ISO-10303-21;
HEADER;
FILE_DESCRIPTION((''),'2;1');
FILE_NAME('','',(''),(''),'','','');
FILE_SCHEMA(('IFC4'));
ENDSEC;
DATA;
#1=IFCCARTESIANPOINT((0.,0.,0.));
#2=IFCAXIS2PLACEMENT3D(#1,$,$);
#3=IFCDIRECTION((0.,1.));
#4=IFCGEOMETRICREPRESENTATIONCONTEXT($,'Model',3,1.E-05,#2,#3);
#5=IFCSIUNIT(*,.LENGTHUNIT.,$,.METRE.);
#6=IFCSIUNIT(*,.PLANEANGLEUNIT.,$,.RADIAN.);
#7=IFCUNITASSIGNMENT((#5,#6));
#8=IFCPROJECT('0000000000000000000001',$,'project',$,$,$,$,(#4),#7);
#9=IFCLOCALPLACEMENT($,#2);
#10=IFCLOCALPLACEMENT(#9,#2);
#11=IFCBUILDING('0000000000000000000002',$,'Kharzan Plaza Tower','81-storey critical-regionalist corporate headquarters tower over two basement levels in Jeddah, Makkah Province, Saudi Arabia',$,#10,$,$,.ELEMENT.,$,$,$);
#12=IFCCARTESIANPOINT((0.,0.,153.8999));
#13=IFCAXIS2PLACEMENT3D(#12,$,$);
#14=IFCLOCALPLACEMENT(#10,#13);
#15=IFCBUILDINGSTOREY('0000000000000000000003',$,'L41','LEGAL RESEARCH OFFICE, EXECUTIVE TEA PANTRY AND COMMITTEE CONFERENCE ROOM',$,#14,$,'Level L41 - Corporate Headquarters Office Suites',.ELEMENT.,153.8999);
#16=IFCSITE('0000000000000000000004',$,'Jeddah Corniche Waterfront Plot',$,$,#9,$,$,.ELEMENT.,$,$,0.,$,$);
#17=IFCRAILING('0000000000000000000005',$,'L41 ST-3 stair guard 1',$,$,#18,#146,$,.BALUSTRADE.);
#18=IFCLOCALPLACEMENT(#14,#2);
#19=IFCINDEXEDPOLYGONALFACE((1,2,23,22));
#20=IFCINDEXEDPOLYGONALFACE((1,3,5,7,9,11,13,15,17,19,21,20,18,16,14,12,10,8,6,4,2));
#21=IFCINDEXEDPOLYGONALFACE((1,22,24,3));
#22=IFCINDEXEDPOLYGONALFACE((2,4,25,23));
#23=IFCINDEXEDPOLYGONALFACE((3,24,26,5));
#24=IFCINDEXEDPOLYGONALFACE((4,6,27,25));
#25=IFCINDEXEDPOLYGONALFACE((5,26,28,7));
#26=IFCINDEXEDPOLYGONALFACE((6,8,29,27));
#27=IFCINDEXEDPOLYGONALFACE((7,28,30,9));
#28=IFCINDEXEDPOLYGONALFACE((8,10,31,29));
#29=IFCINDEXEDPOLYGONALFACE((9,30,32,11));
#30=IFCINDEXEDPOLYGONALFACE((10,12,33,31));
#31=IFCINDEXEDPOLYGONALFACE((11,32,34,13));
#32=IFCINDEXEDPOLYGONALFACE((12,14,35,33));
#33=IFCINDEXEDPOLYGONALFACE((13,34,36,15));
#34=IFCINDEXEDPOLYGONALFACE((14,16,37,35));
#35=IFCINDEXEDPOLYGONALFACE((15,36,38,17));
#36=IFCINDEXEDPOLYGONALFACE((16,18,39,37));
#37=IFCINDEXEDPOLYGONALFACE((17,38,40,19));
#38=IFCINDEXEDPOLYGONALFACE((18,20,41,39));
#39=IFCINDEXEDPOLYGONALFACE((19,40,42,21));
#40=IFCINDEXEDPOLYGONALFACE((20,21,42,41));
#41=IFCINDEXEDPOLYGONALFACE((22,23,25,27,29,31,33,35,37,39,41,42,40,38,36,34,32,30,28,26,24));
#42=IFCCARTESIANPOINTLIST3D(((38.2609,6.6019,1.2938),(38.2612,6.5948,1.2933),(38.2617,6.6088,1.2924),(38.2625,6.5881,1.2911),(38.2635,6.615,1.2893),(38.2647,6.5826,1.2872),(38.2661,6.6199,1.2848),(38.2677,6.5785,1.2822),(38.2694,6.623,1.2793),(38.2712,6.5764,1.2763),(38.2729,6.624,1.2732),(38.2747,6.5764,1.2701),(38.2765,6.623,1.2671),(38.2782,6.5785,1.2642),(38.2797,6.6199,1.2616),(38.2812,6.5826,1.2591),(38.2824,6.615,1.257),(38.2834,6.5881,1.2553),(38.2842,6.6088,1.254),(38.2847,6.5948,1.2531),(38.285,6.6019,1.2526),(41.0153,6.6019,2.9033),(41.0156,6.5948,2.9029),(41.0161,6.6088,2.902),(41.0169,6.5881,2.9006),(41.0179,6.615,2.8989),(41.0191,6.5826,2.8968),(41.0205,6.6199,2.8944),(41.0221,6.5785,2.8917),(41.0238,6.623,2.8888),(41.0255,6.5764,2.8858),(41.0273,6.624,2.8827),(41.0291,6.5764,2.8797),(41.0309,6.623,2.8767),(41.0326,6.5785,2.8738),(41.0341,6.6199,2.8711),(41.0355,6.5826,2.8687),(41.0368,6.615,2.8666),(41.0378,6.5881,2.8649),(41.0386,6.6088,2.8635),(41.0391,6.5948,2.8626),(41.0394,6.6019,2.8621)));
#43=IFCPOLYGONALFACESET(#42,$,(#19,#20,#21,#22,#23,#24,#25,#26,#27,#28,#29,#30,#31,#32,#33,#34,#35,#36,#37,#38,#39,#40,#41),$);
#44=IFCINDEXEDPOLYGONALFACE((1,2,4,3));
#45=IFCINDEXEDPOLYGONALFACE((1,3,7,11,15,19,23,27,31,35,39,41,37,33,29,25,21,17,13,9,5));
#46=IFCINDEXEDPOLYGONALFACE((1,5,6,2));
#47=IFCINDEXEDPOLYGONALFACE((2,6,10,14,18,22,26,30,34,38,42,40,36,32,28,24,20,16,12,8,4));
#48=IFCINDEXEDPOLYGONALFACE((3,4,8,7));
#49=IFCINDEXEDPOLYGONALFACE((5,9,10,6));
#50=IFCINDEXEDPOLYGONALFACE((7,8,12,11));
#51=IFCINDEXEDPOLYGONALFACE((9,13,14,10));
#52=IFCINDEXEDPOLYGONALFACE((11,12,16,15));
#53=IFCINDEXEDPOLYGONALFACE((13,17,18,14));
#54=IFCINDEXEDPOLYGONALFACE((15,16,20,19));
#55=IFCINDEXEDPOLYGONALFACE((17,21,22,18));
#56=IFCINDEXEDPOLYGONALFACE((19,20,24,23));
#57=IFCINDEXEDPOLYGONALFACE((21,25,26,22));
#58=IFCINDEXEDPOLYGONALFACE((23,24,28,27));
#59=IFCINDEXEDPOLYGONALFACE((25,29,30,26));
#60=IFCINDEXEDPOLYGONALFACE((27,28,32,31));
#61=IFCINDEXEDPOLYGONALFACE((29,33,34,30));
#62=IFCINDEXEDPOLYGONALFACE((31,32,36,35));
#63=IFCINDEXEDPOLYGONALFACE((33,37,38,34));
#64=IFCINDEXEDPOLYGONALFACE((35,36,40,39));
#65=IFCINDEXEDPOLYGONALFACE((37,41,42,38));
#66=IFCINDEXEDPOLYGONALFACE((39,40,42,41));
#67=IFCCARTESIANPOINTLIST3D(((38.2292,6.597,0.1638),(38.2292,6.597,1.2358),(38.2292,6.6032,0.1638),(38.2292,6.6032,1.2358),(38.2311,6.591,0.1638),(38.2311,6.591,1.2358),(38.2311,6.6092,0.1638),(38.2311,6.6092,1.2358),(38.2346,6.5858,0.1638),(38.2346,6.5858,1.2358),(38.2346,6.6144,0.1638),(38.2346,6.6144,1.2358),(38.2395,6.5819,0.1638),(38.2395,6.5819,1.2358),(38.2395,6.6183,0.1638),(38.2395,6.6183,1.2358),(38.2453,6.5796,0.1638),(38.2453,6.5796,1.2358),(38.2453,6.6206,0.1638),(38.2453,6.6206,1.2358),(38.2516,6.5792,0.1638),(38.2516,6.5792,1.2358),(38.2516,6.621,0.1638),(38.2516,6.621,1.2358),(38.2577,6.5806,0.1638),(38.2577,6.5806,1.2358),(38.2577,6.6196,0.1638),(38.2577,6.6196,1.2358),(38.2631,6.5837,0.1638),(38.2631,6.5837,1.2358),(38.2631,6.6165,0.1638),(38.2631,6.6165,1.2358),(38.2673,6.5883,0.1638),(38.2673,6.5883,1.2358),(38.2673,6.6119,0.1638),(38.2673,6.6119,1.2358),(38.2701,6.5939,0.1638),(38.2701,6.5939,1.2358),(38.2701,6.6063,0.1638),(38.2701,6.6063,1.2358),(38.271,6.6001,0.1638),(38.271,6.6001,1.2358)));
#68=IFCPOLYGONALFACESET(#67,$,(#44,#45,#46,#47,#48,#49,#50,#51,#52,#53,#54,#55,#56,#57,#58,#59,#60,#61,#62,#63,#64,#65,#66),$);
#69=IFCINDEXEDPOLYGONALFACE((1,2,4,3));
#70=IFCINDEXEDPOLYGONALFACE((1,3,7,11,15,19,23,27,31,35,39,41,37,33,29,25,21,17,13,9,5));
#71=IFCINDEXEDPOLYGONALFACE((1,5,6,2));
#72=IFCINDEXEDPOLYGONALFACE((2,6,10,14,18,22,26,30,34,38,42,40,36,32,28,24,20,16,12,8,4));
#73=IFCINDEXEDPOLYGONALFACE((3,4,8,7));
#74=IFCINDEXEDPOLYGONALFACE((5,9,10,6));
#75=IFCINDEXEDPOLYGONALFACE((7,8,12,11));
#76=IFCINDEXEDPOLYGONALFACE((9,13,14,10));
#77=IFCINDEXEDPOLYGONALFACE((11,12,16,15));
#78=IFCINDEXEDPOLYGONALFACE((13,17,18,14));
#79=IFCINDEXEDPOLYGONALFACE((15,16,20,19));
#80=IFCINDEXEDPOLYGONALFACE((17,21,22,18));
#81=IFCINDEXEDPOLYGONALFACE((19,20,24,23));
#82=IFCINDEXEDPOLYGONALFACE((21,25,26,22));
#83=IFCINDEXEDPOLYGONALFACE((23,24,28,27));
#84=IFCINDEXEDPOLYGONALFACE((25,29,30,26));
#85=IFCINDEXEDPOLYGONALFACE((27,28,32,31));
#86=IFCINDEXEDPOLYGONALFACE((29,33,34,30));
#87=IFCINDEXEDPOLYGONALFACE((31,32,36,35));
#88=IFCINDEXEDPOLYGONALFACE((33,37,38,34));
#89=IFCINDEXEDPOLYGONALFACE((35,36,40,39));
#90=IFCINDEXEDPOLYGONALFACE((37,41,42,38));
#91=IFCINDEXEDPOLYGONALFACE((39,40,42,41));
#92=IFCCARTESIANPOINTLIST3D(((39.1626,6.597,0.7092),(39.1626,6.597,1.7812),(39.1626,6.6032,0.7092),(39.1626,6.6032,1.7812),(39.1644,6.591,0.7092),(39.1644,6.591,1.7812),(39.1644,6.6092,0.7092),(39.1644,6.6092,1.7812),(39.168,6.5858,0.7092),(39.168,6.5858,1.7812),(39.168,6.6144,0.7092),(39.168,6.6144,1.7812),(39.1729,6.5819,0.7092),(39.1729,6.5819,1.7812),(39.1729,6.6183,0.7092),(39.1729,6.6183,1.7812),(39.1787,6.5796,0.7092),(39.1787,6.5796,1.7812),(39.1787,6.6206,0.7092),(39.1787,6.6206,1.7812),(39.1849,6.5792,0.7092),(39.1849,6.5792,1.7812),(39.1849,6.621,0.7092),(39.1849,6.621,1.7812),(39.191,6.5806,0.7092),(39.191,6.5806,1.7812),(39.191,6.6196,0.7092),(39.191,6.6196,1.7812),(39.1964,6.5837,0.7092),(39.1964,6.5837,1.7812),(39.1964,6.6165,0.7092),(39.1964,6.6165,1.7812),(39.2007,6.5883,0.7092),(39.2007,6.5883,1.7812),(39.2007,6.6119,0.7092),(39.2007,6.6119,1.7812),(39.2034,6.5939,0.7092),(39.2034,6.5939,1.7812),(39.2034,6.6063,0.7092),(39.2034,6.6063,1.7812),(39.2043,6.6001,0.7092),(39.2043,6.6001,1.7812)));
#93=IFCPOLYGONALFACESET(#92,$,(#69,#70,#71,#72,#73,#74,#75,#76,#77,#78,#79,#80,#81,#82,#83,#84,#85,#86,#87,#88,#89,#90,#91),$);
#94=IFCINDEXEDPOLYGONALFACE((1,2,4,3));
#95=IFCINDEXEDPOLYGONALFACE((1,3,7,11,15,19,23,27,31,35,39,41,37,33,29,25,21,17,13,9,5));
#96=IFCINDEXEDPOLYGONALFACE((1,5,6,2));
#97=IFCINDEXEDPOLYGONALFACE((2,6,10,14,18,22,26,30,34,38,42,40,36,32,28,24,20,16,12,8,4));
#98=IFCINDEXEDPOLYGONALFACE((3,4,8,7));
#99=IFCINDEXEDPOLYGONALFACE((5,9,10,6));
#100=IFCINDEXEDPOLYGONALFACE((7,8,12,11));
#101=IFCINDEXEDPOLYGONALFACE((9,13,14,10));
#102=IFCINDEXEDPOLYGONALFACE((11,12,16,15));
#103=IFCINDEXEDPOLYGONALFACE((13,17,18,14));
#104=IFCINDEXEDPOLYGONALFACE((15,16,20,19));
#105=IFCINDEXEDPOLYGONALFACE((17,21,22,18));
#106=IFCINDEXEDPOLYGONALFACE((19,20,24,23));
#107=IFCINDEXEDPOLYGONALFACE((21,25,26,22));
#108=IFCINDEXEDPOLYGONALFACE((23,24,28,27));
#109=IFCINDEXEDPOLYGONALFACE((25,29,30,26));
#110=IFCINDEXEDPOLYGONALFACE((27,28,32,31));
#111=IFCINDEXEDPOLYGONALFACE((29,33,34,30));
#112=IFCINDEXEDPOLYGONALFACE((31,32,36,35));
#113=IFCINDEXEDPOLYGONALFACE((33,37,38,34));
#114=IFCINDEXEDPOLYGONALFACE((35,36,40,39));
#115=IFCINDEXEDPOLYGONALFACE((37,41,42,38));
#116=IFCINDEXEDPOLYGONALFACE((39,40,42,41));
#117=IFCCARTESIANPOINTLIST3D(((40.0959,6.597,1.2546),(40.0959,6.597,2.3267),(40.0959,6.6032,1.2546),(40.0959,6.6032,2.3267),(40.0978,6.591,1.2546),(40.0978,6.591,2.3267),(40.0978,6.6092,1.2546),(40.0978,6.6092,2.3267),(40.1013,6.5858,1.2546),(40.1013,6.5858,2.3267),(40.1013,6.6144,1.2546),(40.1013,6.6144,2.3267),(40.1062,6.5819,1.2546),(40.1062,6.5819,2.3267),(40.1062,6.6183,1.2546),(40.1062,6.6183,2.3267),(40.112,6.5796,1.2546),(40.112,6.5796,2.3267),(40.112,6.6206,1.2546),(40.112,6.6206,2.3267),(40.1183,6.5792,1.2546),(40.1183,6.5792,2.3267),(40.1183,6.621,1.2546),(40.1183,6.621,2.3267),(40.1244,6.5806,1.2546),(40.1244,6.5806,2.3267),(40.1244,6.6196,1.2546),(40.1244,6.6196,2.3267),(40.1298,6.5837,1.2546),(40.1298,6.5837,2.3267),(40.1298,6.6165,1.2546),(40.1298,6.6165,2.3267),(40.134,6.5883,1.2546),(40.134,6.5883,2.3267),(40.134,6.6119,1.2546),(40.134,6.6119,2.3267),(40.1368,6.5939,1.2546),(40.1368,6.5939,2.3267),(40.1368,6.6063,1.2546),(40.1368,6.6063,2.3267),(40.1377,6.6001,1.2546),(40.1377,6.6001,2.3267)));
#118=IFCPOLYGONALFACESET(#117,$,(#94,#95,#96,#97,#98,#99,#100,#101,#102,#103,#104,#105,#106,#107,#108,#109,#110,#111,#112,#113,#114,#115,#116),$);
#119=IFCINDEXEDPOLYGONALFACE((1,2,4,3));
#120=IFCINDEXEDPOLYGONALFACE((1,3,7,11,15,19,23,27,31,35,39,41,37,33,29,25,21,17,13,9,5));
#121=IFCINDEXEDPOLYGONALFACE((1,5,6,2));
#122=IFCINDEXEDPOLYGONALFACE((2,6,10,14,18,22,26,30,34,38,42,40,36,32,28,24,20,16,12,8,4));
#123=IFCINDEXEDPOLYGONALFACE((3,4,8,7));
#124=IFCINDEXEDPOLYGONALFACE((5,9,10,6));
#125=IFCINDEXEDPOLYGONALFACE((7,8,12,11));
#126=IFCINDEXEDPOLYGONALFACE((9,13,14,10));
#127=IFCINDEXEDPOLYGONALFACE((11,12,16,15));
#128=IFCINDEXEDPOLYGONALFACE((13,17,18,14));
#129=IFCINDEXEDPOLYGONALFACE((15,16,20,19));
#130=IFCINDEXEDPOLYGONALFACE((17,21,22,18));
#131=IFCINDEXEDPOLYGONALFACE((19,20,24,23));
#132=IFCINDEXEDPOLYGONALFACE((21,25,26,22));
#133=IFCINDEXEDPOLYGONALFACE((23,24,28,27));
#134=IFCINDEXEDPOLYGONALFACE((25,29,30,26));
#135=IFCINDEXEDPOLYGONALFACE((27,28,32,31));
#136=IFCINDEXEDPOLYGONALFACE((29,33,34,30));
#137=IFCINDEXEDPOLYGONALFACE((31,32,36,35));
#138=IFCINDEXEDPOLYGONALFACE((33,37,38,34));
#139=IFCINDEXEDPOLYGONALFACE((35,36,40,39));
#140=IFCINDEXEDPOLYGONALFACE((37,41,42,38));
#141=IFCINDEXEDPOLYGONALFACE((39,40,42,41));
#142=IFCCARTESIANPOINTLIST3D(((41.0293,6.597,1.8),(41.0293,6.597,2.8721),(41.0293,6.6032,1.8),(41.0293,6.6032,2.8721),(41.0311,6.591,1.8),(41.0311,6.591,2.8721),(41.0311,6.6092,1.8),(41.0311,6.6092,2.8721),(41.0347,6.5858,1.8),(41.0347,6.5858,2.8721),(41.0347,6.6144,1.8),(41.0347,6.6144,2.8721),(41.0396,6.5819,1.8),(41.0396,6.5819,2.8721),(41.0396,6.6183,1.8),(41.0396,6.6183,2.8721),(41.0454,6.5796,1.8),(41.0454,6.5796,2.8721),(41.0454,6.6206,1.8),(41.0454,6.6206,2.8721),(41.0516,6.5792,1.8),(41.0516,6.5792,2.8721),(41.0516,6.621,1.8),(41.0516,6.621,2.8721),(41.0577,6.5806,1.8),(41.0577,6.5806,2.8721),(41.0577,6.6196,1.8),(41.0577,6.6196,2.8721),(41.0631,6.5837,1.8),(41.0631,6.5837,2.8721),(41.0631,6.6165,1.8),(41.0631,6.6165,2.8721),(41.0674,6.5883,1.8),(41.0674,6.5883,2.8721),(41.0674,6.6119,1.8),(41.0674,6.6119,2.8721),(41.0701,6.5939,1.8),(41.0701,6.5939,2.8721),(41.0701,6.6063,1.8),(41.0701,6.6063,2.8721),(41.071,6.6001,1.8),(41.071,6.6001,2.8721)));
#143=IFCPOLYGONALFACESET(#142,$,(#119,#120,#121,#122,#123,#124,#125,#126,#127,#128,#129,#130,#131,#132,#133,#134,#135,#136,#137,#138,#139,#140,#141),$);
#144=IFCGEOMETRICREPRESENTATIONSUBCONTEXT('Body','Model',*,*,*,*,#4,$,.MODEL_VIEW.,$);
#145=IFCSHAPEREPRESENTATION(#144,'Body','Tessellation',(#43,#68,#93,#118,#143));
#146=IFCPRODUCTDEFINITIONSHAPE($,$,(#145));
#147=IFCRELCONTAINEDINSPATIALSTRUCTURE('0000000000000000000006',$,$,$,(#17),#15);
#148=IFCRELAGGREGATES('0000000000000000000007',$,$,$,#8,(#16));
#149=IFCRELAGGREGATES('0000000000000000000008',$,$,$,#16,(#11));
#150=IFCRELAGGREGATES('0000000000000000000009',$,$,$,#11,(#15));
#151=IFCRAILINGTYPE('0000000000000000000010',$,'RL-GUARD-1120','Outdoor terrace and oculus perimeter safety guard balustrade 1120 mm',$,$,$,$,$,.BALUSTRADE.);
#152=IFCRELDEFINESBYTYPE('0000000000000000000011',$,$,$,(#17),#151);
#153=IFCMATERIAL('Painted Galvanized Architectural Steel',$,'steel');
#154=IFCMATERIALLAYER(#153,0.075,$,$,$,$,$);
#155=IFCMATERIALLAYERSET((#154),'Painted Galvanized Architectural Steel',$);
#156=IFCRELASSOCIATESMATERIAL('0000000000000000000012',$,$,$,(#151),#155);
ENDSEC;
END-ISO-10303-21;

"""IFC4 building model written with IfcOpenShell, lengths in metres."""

from ifc_helpers import new_model, si_unit, direction, frame, origin, origin_2d, place, context, subcontext, project, spatial, circle, extrude, source, transform, mapped, material, layer, layer_set, type_object, element, save


model = new_model("IFC4")

# Units and contexts
model_context = context("Model", 3, precision=1e-05, world=origin(), true_north=direction((0.0, 1.0)))
body_context = subcontext(model_context, "Body", "Model", "MODEL_VIEW")
ifc_project = project(units=[si_unit("LENGTHUNIT", "METRE"), si_unit("PLANEANGLEUNIT", "RADIAN")], contexts=[model_context])

# Site, building, storey
site_placement = place(None, origin())
site = spatial("IfcSite", under=ifc_project, at=site_placement, Name="Jeddah Corniche Waterfront Plot", CompositionType="ELEMENT", RefElevation=0.0)
building_placement = place(site_placement, origin())
building = spatial("IfcBuilding", under=site, at=building_placement, Name="Kharzan Plaza Tower", Description="81-storey critical-regionalist corporate headquarters tower over two basement levels in Jeddah, Makkah Province, Saudi Arabia", CompositionType="ELEMENT")
storey_placement = place(building_placement, frame((0.0, 0.0, 153.8999)))
storey = spatial("IfcBuildingStorey", under=building, at=storey_placement, Name="L41", Description="LEGAL RESEARCH OFFICE, EXECUTIVE TEA PANTRY AND COMMITTEE CONFERENCE ROOM", LongName="Level L41 - Corporate Headquarters Office Suites", CompositionType="ELEMENT", Elevation=153.8999)

# Railing
ifc_material_1 = material(Name="Painted Galvanized Architectural Steel", Category="steel")
ifc_layer_1 = layer(ifc_material_1, 0.075)
ifc_layer_set_1 = layer_set([ifc_layer_1], Name="Painted Galvanized Architectural Steel")
railing_type_1 = type_object("IfcRailingType", Name="RL-GUARD-1120", Description="Outdoor terrace and oculus perimeter safety guard balustrade 1120 mm", PredefinedType="BALUSTRADE", material=ifc_layer_set_1)
shared_shape_1 = source(origin(), body_context, "Body", "SweptSolid", [
    extrude(circle(Radius=0.0239, at=origin_2d()), frame((0.0229, 0.0, 1.1094), z_axis=(0.863394, 0.0, 0.504531), x_axis=(0.0, 1.0, 0.0)), (0.0, 0.0, 1.0), 3.1902),
    extrude(circle(Radius=0.021, at=origin_2d()), origin(), (0.0, 0.0, 1.0), 1.072),
    extrude(circle(Radius=0.021, at=origin_2d()), frame((0.9333, 0.0, 0.5454)), (0.0, 0.0, 1.0), 1.072),
    extrude(circle(Radius=0.021, at=origin_2d()), frame((1.8667, 0.0, 1.0908)), (0.0, 0.0, 1.0), 1.072),
    extrude(circle(Radius=0.021, at=origin_2d()), frame((2.8, 0.0, 1.6362)), (0.0, 0.0, 1.0), 1.072),
])
railing_1_placement = place(storey_placement, frame((38.25, 6.6001, 0.1638)))
element("IfcRailing", 1, at=railing_1_placement, inside=storey, type_object=railing_type_1, Name="L41 ST-3 stair guard 1", PredefinedType="BALUSTRADE", context=body_context, shape_type="MappedRepresentation", body=[
    mapped(shared_shape_1, transform((0.0, 0.0, 0.0), x_axis=(1.0, 0.0, 0.0), y_axis=(0.0, 1.0, 0.0), z_axis=(0.0, 0.0, 1.0))),
])

save(model, "model.ifc")
